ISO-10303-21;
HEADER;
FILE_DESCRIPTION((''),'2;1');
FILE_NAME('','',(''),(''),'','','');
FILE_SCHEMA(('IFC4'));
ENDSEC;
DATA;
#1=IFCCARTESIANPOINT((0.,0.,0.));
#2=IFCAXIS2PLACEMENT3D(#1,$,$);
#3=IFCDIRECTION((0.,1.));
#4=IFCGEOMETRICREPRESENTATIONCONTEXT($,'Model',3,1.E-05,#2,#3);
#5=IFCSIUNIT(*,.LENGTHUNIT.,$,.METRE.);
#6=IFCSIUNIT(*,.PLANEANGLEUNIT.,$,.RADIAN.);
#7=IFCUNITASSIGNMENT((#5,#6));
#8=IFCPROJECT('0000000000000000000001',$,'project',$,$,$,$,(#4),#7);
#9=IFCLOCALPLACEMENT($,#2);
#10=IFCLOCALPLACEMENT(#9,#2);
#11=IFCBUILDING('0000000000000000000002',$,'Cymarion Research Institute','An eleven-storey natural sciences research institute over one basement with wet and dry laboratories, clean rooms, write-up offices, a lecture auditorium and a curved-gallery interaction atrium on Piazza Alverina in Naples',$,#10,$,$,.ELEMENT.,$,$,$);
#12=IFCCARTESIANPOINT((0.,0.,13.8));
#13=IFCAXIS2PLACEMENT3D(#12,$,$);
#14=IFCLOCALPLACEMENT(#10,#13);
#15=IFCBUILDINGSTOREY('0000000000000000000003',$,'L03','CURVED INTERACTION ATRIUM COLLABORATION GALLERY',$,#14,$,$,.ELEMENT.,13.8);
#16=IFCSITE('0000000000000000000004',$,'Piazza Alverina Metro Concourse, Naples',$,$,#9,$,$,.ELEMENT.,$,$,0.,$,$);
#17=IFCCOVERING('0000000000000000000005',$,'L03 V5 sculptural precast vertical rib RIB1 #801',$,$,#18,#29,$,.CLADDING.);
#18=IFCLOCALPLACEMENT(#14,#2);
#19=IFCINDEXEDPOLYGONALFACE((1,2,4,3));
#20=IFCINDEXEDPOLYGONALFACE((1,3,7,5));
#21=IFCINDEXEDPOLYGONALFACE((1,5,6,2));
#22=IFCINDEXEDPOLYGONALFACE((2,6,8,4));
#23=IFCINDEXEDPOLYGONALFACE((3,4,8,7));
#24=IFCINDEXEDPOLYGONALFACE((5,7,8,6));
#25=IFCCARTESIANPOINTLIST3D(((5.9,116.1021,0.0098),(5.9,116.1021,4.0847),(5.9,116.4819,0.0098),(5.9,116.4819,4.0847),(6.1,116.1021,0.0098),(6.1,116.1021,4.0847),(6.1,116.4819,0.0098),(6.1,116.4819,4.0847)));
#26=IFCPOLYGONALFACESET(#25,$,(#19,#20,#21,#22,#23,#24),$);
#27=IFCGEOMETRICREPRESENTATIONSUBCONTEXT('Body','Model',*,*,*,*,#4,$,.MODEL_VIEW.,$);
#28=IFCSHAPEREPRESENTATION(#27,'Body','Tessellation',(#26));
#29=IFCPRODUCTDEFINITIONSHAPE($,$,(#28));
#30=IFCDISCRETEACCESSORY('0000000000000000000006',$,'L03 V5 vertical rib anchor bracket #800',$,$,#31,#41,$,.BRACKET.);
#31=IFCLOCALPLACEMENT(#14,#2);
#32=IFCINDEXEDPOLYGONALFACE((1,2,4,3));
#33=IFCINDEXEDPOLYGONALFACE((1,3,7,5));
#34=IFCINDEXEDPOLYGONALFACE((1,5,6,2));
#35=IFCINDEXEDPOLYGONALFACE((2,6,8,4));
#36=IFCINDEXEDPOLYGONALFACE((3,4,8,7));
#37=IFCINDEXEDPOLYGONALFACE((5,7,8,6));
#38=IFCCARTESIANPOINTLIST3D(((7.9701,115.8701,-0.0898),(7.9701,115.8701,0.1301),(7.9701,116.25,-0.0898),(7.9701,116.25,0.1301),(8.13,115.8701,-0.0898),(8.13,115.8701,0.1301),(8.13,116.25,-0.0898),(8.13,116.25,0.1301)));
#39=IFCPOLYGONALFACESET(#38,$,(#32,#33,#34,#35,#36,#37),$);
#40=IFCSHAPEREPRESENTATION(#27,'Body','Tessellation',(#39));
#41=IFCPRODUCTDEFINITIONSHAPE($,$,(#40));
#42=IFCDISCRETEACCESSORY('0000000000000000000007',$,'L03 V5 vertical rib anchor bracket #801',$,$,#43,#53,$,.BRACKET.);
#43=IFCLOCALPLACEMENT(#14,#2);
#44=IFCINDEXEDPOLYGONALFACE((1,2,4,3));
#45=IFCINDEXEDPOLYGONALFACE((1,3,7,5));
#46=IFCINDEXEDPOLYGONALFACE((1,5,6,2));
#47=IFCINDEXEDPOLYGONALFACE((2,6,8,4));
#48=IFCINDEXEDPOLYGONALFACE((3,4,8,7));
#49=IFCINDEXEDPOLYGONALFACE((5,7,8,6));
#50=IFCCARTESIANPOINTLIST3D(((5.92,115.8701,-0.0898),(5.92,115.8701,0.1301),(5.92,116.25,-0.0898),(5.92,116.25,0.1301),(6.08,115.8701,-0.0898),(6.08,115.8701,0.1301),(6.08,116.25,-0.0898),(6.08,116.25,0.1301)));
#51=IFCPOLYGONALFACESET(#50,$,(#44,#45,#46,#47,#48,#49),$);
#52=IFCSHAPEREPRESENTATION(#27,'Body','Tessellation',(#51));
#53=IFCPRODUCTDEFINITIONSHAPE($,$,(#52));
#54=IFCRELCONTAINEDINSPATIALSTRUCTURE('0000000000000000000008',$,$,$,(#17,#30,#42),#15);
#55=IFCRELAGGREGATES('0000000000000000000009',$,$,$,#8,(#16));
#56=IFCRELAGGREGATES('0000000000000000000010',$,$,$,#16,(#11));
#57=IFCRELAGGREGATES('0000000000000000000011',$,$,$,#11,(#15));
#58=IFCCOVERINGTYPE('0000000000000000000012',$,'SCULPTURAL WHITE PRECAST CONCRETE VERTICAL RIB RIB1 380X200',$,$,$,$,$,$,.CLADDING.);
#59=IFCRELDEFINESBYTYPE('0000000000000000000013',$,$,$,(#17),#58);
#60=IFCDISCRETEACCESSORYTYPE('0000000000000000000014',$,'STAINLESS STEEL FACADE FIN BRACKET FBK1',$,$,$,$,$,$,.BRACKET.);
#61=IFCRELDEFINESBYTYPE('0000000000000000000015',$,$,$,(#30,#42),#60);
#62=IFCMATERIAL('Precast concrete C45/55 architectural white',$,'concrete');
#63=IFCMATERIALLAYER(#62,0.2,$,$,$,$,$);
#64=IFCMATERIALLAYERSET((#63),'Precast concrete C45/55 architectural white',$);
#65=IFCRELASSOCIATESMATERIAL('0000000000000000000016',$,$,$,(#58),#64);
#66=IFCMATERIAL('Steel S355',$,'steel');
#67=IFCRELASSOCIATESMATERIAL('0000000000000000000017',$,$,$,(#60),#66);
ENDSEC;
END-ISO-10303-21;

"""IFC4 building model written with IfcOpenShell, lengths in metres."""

from ifc_helpers import new_model, si_unit, direction, frame, origin, origin_2d, place, context, subcontext, project, spatial, rectangle, extrude, material, layer, layer_set, type_object, element, save


model = new_model("IFC4")

# Units and contexts
model_context = context("Model", 3, precision=1e-05, world=origin(), true_north=direction((0.0, 1.0)))
body_context = subcontext(model_context, "Body", "Model", "MODEL_VIEW")
ifc_project = project(units=[si_unit("LENGTHUNIT", "METRE"), si_unit("PLANEANGLEUNIT", "RADIAN")], contexts=[model_context])

# Site, building, storey
site_placement = place(None, origin())
site = spatial("IfcSite", under=ifc_project, at=site_placement, Name="Piazza Alverina Metro Concourse, Naples", CompositionType="ELEMENT", RefElevation=0.0)
building_placement = place(site_placement, origin())
building = spatial("IfcBuilding", under=site, at=building_placement, Name="Cymarion Research Institute", Description="An eleven-storey natural sciences research institute over one basement with wet and dry laboratories, clean rooms, write-up offices, a lecture auditorium and a curved-gallery interaction atrium on Piazza Alverina in Naples", CompositionType="ELEMENT")
storey_placement = place(building_placement, frame((0.0, 0.0, 13.8)))
storey = spatial("IfcBuildingStorey", under=building, at=storey_placement, Name="L03", Description="CURVED INTERACTION ATRIUM COLLABORATION GALLERY", CompositionType="ELEMENT", Elevation=13.8)

# Shared definitions
ifc_material_1 = material(Name="Steel S355", Category="steel")

# Covering
ifc_material_2 = material(Name="Precast concrete C45/55 architectural white", Category="concrete")
ifc_layer_1 = layer(ifc_material_2, 0.2)
ifc_layer_set_1 = layer_set([ifc_layer_1], Name="Precast concrete C45/55 architectural white")
covering_type = type_object("IfcCoveringType", Name="SCULPTURAL WHITE PRECAST CONCRETE VERTICAL RIB RIB1 380X200", PredefinedType="CLADDING", material=ifc_layer_set_1)
for number, where, z_axis, x_axis, name in (
    (1, (6.0, 116.292, 0.0098), (0.0, 0.0, 1.0), (0.0, 1.0, 0.0), "L03 V5 sculptural precast vertical rib RIB1 #801"),
):
    element("IfcCovering", number, at=place(storey_placement, frame(where, z_axis=z_axis, x_axis=x_axis)), inside=storey, type_object=covering_type, Name=name, PredefinedType="CLADDING", context=body_context, shape_type="SweptSolid", body=[
        extrude(rectangle(XDim=0.3799, YDim=0.2, at=origin_2d()), origin(), (0.0, 0.0, 1.0), 4.075),
    ])

# Discrete accessories
discrete_accessory_type = type_object("IfcDiscreteAccessoryType", Name="STAINLESS STEEL FACADE FIN BRACKET FBK1", PredefinedType="BRACKET", material=ifc_material_1)
for number, where, z_axis, x_axis, name in (
    (2, (8.05, 116.0601, -0.0898), (0.0, 0.0, 1.0), (0.0, 1.0, 0.0), "L03 V5 vertical rib anchor bracket #800"),
    (3, (6.0, 116.0601, -0.0898), (0.0, 0.0, 1.0), (0.0, 1.0, 0.0), "L03 V5 vertical rib anchor bracket #801"),
):
    element("IfcDiscreteAccessory", number, at=place(storey_placement, frame(where, z_axis=z_axis, x_axis=x_axis)), inside=storey, type_object=discrete_accessory_type, Name=name, PredefinedType="BRACKET", context=body_context, shape_type="SweptSolid", body=[
        extrude(rectangle(XDim=0.3799, YDim=0.1599, at=origin_2d()), origin(), (0.0, 0.0, 1.0), 0.22),
    ])

save(model, "model.ifc")
